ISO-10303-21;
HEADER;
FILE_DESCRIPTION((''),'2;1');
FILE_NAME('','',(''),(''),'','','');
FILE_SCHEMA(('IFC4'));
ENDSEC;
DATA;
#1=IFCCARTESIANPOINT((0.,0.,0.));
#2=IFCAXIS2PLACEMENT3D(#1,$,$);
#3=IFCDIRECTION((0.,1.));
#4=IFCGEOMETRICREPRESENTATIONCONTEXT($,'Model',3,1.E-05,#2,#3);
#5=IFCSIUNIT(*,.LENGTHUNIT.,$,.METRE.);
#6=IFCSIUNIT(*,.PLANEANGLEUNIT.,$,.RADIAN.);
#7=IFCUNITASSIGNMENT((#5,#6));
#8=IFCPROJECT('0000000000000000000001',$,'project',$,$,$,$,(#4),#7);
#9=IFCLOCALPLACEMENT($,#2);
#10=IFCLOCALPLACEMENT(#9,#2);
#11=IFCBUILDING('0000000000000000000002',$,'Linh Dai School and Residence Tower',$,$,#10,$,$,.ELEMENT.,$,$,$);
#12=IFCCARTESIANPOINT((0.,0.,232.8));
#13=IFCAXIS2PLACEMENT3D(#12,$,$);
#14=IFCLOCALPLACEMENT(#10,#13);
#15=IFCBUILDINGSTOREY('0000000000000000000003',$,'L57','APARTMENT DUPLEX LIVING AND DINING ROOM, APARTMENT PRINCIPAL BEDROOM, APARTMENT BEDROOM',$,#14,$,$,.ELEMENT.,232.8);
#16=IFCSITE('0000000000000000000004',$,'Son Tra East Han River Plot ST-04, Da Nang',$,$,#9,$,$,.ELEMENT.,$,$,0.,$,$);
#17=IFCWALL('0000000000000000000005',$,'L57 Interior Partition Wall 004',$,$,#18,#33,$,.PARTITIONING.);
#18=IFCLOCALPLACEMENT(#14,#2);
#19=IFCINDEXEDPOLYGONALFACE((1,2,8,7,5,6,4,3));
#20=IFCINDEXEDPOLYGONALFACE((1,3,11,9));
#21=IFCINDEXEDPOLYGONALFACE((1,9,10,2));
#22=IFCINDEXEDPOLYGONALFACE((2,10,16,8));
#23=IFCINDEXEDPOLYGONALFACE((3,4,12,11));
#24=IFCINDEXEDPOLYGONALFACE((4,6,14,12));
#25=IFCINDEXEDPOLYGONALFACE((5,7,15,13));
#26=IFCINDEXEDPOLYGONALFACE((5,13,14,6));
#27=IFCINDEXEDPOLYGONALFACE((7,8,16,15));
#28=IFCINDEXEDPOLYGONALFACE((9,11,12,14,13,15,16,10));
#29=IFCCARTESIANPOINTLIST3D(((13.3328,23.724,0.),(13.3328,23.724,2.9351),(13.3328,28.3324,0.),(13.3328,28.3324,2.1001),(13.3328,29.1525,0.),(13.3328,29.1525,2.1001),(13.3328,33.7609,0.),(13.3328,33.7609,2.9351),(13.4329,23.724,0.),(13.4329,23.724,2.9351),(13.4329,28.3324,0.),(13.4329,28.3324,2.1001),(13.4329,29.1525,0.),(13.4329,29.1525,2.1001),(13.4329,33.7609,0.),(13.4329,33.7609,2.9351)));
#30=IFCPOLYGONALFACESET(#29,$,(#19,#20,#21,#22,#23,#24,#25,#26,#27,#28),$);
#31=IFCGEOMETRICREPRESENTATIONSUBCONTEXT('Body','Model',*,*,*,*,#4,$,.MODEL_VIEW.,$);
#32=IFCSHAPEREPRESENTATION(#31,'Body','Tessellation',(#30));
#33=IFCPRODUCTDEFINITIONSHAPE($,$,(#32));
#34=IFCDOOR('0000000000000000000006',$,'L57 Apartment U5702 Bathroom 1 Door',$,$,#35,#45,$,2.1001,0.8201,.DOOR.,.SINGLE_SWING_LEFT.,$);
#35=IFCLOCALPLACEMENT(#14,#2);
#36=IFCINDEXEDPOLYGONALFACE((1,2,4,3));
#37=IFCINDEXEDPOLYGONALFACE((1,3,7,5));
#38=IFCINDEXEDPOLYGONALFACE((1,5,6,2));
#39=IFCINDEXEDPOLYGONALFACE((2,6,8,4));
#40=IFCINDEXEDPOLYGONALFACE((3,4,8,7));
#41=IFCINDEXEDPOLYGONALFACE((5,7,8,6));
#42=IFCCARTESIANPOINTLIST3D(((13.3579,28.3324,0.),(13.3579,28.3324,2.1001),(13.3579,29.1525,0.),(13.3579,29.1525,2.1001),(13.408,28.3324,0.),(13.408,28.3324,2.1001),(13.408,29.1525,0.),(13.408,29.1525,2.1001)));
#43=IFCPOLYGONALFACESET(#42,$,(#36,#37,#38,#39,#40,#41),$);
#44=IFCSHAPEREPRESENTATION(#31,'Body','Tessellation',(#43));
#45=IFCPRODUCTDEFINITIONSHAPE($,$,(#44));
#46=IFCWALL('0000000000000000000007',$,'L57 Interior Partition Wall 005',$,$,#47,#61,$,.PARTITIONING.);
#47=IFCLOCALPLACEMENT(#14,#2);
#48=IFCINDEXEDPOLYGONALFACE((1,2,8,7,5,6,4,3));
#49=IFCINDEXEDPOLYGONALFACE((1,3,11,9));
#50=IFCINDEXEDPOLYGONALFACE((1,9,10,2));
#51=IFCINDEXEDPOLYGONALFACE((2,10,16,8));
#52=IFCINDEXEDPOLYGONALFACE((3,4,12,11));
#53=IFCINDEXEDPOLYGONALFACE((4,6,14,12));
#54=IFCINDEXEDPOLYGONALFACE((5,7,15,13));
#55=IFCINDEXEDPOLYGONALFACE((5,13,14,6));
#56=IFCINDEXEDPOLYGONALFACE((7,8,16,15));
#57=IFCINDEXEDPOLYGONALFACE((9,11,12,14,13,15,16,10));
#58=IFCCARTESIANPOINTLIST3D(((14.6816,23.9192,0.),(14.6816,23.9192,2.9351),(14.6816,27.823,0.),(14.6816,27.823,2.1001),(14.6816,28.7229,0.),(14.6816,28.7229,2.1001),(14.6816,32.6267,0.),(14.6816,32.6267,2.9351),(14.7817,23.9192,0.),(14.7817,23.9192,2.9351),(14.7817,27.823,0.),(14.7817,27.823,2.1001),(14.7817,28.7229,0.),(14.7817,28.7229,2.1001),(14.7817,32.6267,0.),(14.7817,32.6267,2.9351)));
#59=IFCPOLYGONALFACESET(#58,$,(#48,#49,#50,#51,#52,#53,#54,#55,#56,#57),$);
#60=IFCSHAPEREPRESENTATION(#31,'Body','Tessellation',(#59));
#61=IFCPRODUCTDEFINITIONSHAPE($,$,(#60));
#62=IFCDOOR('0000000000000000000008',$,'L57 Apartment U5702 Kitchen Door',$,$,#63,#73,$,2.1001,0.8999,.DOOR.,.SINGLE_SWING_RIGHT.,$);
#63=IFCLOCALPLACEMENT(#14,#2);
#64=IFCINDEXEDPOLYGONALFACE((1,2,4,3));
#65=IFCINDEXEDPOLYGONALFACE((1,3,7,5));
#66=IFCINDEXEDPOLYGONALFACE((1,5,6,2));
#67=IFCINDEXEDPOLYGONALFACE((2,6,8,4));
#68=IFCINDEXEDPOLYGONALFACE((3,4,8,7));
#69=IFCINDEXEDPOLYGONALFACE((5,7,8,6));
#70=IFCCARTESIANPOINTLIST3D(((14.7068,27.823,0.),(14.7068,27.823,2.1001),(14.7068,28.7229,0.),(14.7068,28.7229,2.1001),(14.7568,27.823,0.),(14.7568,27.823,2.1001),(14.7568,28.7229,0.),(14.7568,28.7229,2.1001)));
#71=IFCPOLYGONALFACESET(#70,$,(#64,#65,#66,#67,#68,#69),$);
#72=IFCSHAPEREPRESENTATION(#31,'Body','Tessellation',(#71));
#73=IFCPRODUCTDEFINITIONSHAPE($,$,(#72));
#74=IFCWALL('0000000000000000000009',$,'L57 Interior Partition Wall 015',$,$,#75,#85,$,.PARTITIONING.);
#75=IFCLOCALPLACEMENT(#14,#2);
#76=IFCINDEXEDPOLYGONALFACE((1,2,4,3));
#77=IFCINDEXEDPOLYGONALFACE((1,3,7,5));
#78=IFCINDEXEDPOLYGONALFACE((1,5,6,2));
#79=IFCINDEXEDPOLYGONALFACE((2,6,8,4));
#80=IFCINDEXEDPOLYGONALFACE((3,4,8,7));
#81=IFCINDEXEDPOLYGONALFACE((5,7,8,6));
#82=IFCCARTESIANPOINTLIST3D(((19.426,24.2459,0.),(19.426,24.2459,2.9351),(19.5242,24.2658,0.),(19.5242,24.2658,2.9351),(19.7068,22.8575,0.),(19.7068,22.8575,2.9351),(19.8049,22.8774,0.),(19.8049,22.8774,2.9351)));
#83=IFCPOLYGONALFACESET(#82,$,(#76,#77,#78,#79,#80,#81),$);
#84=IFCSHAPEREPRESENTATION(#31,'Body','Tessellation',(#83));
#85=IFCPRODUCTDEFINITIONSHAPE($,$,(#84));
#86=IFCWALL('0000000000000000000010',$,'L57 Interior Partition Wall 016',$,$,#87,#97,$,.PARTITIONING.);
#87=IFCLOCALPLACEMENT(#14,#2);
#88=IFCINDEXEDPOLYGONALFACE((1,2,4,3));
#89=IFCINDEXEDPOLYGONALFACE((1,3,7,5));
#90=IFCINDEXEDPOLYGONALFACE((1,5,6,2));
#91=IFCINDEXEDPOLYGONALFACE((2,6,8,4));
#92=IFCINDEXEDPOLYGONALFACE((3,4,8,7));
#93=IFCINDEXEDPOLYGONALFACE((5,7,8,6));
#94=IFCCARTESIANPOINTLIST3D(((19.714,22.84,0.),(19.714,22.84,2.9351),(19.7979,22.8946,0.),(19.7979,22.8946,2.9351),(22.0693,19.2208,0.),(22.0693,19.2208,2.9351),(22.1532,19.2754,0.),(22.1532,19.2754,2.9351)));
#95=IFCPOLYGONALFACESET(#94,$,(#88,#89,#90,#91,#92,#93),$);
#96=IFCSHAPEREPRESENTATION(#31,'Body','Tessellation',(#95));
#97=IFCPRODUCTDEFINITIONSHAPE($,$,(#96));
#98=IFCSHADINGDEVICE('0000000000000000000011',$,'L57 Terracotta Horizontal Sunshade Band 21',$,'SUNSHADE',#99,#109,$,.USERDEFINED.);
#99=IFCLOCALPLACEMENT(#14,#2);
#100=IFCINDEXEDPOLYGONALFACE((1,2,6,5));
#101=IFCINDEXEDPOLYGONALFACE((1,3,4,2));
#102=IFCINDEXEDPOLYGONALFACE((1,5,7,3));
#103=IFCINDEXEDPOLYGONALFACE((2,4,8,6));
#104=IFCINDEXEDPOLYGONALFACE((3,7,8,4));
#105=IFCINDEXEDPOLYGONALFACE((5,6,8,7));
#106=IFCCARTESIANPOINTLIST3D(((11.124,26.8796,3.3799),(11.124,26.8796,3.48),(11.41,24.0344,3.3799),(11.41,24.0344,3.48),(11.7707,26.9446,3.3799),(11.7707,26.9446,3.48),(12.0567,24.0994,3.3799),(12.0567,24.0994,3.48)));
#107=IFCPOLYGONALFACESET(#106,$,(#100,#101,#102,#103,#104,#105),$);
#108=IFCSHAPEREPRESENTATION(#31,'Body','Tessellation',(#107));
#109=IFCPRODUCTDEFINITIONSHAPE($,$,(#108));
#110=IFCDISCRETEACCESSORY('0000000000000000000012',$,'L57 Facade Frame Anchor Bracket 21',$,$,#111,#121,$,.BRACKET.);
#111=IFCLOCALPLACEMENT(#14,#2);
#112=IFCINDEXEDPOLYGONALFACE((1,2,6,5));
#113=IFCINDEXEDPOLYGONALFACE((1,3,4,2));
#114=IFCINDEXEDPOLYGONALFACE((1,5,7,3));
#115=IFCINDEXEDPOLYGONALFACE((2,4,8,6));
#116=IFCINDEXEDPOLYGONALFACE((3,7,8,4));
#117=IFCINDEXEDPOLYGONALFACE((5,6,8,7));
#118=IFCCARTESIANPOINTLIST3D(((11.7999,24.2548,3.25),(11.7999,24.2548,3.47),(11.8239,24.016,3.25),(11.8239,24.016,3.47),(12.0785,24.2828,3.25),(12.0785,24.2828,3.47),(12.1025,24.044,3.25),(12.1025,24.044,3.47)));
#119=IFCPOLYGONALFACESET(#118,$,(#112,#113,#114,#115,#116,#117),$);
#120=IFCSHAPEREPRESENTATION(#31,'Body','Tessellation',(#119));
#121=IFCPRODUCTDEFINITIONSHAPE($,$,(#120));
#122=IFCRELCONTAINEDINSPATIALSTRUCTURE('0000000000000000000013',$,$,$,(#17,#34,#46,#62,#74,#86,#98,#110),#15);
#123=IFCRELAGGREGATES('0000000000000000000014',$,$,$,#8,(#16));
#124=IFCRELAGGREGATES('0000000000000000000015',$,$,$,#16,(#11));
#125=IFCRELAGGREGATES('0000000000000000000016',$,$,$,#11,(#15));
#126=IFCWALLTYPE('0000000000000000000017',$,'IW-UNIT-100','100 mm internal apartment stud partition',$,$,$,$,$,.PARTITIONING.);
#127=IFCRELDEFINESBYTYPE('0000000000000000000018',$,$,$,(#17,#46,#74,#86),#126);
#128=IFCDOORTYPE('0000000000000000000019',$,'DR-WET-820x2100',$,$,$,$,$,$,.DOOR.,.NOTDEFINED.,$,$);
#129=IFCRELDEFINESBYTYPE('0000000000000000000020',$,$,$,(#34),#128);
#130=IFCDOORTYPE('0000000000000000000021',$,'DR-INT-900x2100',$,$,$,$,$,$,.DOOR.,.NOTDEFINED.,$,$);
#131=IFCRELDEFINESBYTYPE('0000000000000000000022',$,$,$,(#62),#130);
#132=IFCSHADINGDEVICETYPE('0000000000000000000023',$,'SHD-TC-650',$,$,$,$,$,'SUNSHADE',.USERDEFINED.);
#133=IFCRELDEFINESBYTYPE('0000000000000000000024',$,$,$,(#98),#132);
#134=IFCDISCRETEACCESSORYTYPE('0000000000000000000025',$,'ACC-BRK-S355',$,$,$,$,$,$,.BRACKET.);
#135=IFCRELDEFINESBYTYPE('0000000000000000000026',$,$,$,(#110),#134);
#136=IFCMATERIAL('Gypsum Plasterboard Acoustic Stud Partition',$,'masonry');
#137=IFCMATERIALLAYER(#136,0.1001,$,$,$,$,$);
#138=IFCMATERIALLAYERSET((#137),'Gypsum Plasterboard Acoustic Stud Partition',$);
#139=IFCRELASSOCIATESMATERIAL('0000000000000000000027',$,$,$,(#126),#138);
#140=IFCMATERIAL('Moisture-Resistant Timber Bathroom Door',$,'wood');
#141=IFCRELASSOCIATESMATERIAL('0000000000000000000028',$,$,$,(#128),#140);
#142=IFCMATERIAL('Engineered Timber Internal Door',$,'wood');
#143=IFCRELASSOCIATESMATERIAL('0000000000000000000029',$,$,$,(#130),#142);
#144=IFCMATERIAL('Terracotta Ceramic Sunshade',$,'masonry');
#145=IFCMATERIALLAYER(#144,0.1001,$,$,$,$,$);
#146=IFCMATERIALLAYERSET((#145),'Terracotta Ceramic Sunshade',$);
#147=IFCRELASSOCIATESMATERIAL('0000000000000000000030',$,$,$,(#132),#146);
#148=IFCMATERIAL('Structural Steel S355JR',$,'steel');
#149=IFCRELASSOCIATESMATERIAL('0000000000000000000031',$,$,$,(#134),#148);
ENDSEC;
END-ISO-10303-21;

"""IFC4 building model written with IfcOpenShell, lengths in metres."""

from ifc_helpers import new_model, si_unit, direction, frame, frame_2d, origin, origin_2d, place, context, subcontext, project, spatial, rectangle, extrude, source, transform, mapped, material, layer, layer_set, type_object, element, fill, save


model = new_model("IFC4")

# Units and contexts
model_context = context("Model", 3, precision=1e-05, world=origin(), true_north=direction((0.0, 1.0)))
body_context = subcontext(model_context, "Body", "Model", "MODEL_VIEW")
ifc_project = project(units=[si_unit("LENGTHUNIT", "METRE"), si_unit("PLANEANGLEUNIT", "RADIAN")], contexts=[model_context])

# Site, building, storey
site_placement = place(None, origin())
site = spatial("IfcSite", under=ifc_project, at=site_placement, Name="Son Tra East Han River Plot ST-04, Da Nang", CompositionType="ELEMENT", RefElevation=0.0)
building_placement = place(site_placement, origin())
building = spatial("IfcBuilding", under=site, at=building_placement, Name="Linh Dai School and Residence Tower", CompositionType="ELEMENT")
storey_placement = place(building_placement, frame((0.0, 0.0, 232.8)))
storey = spatial("IfcBuildingStorey", under=building, at=storey_placement, Name="L57", Description="APARTMENT DUPLEX LIVING AND DINING ROOM, APARTMENT PRINCIPAL BEDROOM, APARTMENT BEDROOM", CompositionType="ELEMENT", Elevation=232.8)

# Shared definitions
ifc_material_1 = material(Name="Structural Steel S355JR", Category="steel")

# Walls, openings, doors
ifc_material_2 = material(Name="Gypsum Plasterboard Acoustic Stud Partition", Category="masonry")
ifc_layer_1 = layer(ifc_material_2, 0.1001)
ifc_layer_set_1 = layer_set([ifc_layer_1], Name="Gypsum Plasterboard Acoustic Stud Partition")
wall_type_1 = type_object("IfcWallType", Name="IW-UNIT-100", Description="100 mm internal apartment stud partition", PredefinedType="PARTITIONING", material=ifc_layer_set_1)
wall_1_placement = place(storey_placement, frame((13.3828, 23.7239, 0.0), z_axis=(0.0, 0.0, 1.0), x_axis=(0.0, 1.0, 0.0)))
wall_1 = element("IfcWall", 1, at=wall_1_placement, inside=storey, type_object=wall_type_1, Name="L57 Interior Partition Wall 004", PredefinedType="PARTITIONING", context=body_context, shape_type="SweptSolid", body=[
    extrude(rectangle(XDim=10.0369, YDim=0.1001, at=frame_2d((5.0186, 0.0))), origin(), (0.0, 0.0, 1.0), 2.9351),
])
opening_1_placement = place(wall_1_placement, frame((4.6084, 0.0, 0.0)))
opening_1 = element("IfcOpeningElement", 2, at=opening_1_placement, cuts=wall_1, PredefinedType="OPENING", context=body_context, shape_type="SweptSolid", body=[
    extrude(rectangle(XDim=0.8201, YDim=2.1001, at=origin_2d()), frame((0.4102, 0.0601, 1.05), z_axis=(0.0, -1.0, 0.0), x_axis=(1.0, 0.0, 0.0)), (0.0, 0.0, 1.0), 0.1201),
])
ifc_material_3 = material(Name="Moisture-Resistant Timber Bathroom Door", Category="wood")
door_type_1 = type_object("IfcDoorType", Name="DR-WET-820x2100", OperationType="NOTDEFINED", PredefinedType="DOOR", material=ifc_material_3)
shared_shape_1 = source(origin(), body_context, "Body", "SweptSolid", [
    extrude(rectangle(XDim=0.8201, YDim=2.1001, at=origin_2d()), frame((0.4102, 0.0249, 1.05), z_axis=(0.0, -1.0, 0.0), x_axis=(1.0, 0.0, 0.0)), (0.0, 0.0, 1.0), 0.05),
])
door_1_placement = place(opening_1_placement, origin())
door_1 = element("IfcDoor", 3, at=door_1_placement, inside=storey, type_object=door_type_1, Name="L57 Apartment U5702 Bathroom 1 Door", OperationType="SINGLE_SWING_LEFT", OverallHeight=2.1001, OverallWidth=0.8201, PredefinedType="DOOR", context=body_context, shape_type="MappedRepresentation", body=[
    mapped(shared_shape_1, transform((0.0, 0.0, 0.0), x_axis=(1.0, 0.0, 0.0), y_axis=(0.0, 1.0, 0.0), z_axis=(0.0, 0.0, 1.0), scale=1.0)),
])
fill(opening_1, door_1)
wall_2_placement = place(storey_placement, frame((14.7317, 23.9192, 0.0), z_axis=(0.0, 0.0, 1.0), x_axis=(0.0, 1.0, 0.0)))
wall_2 = element("IfcWall", 4, at=wall_2_placement, inside=storey, type_object=wall_type_1, Name="L57 Interior Partition Wall 005", PredefinedType="PARTITIONING", context=body_context, shape_type="SweptSolid", body=[
    extrude(rectangle(XDim=8.7075, YDim=0.1001, at=frame_2d((4.3538, 0.0))), origin(), (0.0, 0.0, 1.0), 2.9351),
])
opening_2_placement = place(wall_2_placement, frame((3.9038, 0.0, 0.0)))
opening_2 = element("IfcOpeningElement", 5, at=opening_2_placement, cuts=wall_2, PredefinedType="OPENING", context=body_context, shape_type="SweptSolid", body=[
    extrude(rectangle(XDim=0.8999, YDim=2.1001, at=origin_2d()), frame((0.45, 0.0601, 1.05), z_axis=(0.0, -1.0, 0.0), x_axis=(1.0, 0.0, 0.0)), (0.0, 0.0, 1.0), 0.1201),
])
ifc_material_4 = material(Name="Engineered Timber Internal Door", Category="wood")
door_type_2 = type_object("IfcDoorType", Name="DR-INT-900x2100", OperationType="NOTDEFINED", PredefinedType="DOOR", material=ifc_material_4)
shared_shape_2 = source(origin(), body_context, "Body", "SweptSolid", [
    extrude(rectangle(XDim=0.8999, YDim=2.1001, at=origin_2d()), frame((0.45, 0.0249, 1.05), z_axis=(0.0, -1.0, 0.0), x_axis=(1.0, 0.0, 0.0)), (0.0, 0.0, 1.0), 0.05),
])
door_2_placement = place(opening_2_placement, origin())
door_2 = element("IfcDoor", 6, at=door_2_placement, inside=storey, type_object=door_type_2, Name="L57 Apartment U5702 Kitchen Door", OperationType="SINGLE_SWING_RIGHT", OverallHeight=2.1001, OverallWidth=0.8999, PredefinedType="DOOR", context=body_context, shape_type="MappedRepresentation", body=[
    mapped(shared_shape_2, transform((0.0, 0.0, 0.0), x_axis=(1.0, 0.0, 0.0), y_axis=(0.0, 1.0, 0.0), z_axis=(0.0, 0.0, 1.0), scale=1.0)),
])
fill(opening_2, door_2)

# Walls
wall_3_placement = place(storey_placement, frame((19.4751, 24.2559, 0.0), z_axis=(0.0, 0.0, 1.0), x_axis=(0.198204, -0.980161, 0.0)))
element("IfcWall", 7, at=wall_3_placement, inside=storey, type_object=wall_type_1, Name="L57 Interior Partition Wall 015", PredefinedType="PARTITIONING", context=body_context, shape_type="SweptSolid", body=[
    extrude(rectangle(XDim=1.4165, YDim=0.1001, at=frame_2d((0.7083, 0.0))), origin(), (0.0, 0.0, 1.0), 2.9351),
])
wall_4_placement = place(storey_placement, frame((19.7559, 22.8674, 0.0), z_axis=(0.0, 0.0, 1.0), x_axis=(0.545441, -0.838149, 0.0)))
element("IfcWall", 8, at=wall_4_placement, inside=storey, type_object=wall_type_1, Name="L57 Interior Partition Wall 016", PredefinedType="PARTITIONING", context=body_context, shape_type="SweptSolid", body=[
    extrude(rectangle(XDim=4.3181, YDim=0.1001, at=frame_2d((2.1592, 0.0))), origin(), (0.0, 0.0, 1.0), 2.9351),
])

# Shading device
ifc_material_5 = material(Name="Terracotta Ceramic Sunshade", Category="masonry")
ifc_layer_2 = layer(ifc_material_5, 0.1001)
ifc_layer_set_2 = layer_set([ifc_layer_2], Name="Terracotta Ceramic Sunshade")
shading_device_type = type_object("IfcShadingDeviceType", Name="SHD-TC-650", ElementType="SUNSHADE", PredefinedType="USERDEFINED", material=ifc_layer_set_2)
shared_shape_3 = source(origin(), body_context, "Body", "SweptSolid", [
    extrude(rectangle(XDim=2.8596, YDim=0.6499, at=origin_2d()), origin(), (0.0, 0.0, 1.0), 0.1001),
])
shading_device_placement = place(storey_placement, frame((11.5903, 25.4895, 3.3799), z_axis=(0.0, 0.0, 1.0), x_axis=(-0.100012, 0.994986, 0.0)))
element("IfcShadingDevice", 9, at=shading_device_placement, inside=storey, type_object=shading_device_type, Name="L57 Terracotta Horizontal Sunshade Band 21", ObjectType="SUNSHADE", PredefinedType="USERDEFINED", context=body_context, shape_type="MappedRepresentation", body=[
    mapped(shared_shape_3, transform((0.0, 0.0, 0.0), x_axis=(1.0, 0.0, 0.0), y_axis=(0.0, 1.0, 0.0), z_axis=(0.0, 0.0, 1.0), scale=1.0)),
])

# Discrete accessory
discrete_accessory_type = type_object("IfcDiscreteAccessoryType", Name="ACC-BRK-S355", PredefinedType="BRACKET", material=ifc_material_1)
shared_shape_4 = source(origin(), body_context, "Body", "SweptSolid", [
    extrude(rectangle(XDim=0.28, YDim=0.24, at=origin_2d()), origin(), (0.0, 0.0, 1.0), 0.22),
])
discrete_accessory_placement = place(storey_placement, frame((11.9512, 24.1494, 3.25), z_axis=(0.0, 0.0, 1.0), x_axis=(-0.994986, -0.100012, 0.0)))
element("IfcDiscreteAccessory", 10, at=discrete_accessory_placement, inside=storey, type_object=discrete_accessory_type, Name="L57 Facade Frame Anchor Bracket 21", PredefinedType="BRACKET", context=body_context, shape_type="MappedRepresentation", body=[
    mapped(shared_shape_4, transform((0.0, 0.0, 0.0), x_axis=(1.0, 0.0, 0.0), y_axis=(0.0, 1.0, 0.0), z_axis=(0.0, 0.0, 1.0), scale=1.0)),
])

save(model, "model.ifc")
